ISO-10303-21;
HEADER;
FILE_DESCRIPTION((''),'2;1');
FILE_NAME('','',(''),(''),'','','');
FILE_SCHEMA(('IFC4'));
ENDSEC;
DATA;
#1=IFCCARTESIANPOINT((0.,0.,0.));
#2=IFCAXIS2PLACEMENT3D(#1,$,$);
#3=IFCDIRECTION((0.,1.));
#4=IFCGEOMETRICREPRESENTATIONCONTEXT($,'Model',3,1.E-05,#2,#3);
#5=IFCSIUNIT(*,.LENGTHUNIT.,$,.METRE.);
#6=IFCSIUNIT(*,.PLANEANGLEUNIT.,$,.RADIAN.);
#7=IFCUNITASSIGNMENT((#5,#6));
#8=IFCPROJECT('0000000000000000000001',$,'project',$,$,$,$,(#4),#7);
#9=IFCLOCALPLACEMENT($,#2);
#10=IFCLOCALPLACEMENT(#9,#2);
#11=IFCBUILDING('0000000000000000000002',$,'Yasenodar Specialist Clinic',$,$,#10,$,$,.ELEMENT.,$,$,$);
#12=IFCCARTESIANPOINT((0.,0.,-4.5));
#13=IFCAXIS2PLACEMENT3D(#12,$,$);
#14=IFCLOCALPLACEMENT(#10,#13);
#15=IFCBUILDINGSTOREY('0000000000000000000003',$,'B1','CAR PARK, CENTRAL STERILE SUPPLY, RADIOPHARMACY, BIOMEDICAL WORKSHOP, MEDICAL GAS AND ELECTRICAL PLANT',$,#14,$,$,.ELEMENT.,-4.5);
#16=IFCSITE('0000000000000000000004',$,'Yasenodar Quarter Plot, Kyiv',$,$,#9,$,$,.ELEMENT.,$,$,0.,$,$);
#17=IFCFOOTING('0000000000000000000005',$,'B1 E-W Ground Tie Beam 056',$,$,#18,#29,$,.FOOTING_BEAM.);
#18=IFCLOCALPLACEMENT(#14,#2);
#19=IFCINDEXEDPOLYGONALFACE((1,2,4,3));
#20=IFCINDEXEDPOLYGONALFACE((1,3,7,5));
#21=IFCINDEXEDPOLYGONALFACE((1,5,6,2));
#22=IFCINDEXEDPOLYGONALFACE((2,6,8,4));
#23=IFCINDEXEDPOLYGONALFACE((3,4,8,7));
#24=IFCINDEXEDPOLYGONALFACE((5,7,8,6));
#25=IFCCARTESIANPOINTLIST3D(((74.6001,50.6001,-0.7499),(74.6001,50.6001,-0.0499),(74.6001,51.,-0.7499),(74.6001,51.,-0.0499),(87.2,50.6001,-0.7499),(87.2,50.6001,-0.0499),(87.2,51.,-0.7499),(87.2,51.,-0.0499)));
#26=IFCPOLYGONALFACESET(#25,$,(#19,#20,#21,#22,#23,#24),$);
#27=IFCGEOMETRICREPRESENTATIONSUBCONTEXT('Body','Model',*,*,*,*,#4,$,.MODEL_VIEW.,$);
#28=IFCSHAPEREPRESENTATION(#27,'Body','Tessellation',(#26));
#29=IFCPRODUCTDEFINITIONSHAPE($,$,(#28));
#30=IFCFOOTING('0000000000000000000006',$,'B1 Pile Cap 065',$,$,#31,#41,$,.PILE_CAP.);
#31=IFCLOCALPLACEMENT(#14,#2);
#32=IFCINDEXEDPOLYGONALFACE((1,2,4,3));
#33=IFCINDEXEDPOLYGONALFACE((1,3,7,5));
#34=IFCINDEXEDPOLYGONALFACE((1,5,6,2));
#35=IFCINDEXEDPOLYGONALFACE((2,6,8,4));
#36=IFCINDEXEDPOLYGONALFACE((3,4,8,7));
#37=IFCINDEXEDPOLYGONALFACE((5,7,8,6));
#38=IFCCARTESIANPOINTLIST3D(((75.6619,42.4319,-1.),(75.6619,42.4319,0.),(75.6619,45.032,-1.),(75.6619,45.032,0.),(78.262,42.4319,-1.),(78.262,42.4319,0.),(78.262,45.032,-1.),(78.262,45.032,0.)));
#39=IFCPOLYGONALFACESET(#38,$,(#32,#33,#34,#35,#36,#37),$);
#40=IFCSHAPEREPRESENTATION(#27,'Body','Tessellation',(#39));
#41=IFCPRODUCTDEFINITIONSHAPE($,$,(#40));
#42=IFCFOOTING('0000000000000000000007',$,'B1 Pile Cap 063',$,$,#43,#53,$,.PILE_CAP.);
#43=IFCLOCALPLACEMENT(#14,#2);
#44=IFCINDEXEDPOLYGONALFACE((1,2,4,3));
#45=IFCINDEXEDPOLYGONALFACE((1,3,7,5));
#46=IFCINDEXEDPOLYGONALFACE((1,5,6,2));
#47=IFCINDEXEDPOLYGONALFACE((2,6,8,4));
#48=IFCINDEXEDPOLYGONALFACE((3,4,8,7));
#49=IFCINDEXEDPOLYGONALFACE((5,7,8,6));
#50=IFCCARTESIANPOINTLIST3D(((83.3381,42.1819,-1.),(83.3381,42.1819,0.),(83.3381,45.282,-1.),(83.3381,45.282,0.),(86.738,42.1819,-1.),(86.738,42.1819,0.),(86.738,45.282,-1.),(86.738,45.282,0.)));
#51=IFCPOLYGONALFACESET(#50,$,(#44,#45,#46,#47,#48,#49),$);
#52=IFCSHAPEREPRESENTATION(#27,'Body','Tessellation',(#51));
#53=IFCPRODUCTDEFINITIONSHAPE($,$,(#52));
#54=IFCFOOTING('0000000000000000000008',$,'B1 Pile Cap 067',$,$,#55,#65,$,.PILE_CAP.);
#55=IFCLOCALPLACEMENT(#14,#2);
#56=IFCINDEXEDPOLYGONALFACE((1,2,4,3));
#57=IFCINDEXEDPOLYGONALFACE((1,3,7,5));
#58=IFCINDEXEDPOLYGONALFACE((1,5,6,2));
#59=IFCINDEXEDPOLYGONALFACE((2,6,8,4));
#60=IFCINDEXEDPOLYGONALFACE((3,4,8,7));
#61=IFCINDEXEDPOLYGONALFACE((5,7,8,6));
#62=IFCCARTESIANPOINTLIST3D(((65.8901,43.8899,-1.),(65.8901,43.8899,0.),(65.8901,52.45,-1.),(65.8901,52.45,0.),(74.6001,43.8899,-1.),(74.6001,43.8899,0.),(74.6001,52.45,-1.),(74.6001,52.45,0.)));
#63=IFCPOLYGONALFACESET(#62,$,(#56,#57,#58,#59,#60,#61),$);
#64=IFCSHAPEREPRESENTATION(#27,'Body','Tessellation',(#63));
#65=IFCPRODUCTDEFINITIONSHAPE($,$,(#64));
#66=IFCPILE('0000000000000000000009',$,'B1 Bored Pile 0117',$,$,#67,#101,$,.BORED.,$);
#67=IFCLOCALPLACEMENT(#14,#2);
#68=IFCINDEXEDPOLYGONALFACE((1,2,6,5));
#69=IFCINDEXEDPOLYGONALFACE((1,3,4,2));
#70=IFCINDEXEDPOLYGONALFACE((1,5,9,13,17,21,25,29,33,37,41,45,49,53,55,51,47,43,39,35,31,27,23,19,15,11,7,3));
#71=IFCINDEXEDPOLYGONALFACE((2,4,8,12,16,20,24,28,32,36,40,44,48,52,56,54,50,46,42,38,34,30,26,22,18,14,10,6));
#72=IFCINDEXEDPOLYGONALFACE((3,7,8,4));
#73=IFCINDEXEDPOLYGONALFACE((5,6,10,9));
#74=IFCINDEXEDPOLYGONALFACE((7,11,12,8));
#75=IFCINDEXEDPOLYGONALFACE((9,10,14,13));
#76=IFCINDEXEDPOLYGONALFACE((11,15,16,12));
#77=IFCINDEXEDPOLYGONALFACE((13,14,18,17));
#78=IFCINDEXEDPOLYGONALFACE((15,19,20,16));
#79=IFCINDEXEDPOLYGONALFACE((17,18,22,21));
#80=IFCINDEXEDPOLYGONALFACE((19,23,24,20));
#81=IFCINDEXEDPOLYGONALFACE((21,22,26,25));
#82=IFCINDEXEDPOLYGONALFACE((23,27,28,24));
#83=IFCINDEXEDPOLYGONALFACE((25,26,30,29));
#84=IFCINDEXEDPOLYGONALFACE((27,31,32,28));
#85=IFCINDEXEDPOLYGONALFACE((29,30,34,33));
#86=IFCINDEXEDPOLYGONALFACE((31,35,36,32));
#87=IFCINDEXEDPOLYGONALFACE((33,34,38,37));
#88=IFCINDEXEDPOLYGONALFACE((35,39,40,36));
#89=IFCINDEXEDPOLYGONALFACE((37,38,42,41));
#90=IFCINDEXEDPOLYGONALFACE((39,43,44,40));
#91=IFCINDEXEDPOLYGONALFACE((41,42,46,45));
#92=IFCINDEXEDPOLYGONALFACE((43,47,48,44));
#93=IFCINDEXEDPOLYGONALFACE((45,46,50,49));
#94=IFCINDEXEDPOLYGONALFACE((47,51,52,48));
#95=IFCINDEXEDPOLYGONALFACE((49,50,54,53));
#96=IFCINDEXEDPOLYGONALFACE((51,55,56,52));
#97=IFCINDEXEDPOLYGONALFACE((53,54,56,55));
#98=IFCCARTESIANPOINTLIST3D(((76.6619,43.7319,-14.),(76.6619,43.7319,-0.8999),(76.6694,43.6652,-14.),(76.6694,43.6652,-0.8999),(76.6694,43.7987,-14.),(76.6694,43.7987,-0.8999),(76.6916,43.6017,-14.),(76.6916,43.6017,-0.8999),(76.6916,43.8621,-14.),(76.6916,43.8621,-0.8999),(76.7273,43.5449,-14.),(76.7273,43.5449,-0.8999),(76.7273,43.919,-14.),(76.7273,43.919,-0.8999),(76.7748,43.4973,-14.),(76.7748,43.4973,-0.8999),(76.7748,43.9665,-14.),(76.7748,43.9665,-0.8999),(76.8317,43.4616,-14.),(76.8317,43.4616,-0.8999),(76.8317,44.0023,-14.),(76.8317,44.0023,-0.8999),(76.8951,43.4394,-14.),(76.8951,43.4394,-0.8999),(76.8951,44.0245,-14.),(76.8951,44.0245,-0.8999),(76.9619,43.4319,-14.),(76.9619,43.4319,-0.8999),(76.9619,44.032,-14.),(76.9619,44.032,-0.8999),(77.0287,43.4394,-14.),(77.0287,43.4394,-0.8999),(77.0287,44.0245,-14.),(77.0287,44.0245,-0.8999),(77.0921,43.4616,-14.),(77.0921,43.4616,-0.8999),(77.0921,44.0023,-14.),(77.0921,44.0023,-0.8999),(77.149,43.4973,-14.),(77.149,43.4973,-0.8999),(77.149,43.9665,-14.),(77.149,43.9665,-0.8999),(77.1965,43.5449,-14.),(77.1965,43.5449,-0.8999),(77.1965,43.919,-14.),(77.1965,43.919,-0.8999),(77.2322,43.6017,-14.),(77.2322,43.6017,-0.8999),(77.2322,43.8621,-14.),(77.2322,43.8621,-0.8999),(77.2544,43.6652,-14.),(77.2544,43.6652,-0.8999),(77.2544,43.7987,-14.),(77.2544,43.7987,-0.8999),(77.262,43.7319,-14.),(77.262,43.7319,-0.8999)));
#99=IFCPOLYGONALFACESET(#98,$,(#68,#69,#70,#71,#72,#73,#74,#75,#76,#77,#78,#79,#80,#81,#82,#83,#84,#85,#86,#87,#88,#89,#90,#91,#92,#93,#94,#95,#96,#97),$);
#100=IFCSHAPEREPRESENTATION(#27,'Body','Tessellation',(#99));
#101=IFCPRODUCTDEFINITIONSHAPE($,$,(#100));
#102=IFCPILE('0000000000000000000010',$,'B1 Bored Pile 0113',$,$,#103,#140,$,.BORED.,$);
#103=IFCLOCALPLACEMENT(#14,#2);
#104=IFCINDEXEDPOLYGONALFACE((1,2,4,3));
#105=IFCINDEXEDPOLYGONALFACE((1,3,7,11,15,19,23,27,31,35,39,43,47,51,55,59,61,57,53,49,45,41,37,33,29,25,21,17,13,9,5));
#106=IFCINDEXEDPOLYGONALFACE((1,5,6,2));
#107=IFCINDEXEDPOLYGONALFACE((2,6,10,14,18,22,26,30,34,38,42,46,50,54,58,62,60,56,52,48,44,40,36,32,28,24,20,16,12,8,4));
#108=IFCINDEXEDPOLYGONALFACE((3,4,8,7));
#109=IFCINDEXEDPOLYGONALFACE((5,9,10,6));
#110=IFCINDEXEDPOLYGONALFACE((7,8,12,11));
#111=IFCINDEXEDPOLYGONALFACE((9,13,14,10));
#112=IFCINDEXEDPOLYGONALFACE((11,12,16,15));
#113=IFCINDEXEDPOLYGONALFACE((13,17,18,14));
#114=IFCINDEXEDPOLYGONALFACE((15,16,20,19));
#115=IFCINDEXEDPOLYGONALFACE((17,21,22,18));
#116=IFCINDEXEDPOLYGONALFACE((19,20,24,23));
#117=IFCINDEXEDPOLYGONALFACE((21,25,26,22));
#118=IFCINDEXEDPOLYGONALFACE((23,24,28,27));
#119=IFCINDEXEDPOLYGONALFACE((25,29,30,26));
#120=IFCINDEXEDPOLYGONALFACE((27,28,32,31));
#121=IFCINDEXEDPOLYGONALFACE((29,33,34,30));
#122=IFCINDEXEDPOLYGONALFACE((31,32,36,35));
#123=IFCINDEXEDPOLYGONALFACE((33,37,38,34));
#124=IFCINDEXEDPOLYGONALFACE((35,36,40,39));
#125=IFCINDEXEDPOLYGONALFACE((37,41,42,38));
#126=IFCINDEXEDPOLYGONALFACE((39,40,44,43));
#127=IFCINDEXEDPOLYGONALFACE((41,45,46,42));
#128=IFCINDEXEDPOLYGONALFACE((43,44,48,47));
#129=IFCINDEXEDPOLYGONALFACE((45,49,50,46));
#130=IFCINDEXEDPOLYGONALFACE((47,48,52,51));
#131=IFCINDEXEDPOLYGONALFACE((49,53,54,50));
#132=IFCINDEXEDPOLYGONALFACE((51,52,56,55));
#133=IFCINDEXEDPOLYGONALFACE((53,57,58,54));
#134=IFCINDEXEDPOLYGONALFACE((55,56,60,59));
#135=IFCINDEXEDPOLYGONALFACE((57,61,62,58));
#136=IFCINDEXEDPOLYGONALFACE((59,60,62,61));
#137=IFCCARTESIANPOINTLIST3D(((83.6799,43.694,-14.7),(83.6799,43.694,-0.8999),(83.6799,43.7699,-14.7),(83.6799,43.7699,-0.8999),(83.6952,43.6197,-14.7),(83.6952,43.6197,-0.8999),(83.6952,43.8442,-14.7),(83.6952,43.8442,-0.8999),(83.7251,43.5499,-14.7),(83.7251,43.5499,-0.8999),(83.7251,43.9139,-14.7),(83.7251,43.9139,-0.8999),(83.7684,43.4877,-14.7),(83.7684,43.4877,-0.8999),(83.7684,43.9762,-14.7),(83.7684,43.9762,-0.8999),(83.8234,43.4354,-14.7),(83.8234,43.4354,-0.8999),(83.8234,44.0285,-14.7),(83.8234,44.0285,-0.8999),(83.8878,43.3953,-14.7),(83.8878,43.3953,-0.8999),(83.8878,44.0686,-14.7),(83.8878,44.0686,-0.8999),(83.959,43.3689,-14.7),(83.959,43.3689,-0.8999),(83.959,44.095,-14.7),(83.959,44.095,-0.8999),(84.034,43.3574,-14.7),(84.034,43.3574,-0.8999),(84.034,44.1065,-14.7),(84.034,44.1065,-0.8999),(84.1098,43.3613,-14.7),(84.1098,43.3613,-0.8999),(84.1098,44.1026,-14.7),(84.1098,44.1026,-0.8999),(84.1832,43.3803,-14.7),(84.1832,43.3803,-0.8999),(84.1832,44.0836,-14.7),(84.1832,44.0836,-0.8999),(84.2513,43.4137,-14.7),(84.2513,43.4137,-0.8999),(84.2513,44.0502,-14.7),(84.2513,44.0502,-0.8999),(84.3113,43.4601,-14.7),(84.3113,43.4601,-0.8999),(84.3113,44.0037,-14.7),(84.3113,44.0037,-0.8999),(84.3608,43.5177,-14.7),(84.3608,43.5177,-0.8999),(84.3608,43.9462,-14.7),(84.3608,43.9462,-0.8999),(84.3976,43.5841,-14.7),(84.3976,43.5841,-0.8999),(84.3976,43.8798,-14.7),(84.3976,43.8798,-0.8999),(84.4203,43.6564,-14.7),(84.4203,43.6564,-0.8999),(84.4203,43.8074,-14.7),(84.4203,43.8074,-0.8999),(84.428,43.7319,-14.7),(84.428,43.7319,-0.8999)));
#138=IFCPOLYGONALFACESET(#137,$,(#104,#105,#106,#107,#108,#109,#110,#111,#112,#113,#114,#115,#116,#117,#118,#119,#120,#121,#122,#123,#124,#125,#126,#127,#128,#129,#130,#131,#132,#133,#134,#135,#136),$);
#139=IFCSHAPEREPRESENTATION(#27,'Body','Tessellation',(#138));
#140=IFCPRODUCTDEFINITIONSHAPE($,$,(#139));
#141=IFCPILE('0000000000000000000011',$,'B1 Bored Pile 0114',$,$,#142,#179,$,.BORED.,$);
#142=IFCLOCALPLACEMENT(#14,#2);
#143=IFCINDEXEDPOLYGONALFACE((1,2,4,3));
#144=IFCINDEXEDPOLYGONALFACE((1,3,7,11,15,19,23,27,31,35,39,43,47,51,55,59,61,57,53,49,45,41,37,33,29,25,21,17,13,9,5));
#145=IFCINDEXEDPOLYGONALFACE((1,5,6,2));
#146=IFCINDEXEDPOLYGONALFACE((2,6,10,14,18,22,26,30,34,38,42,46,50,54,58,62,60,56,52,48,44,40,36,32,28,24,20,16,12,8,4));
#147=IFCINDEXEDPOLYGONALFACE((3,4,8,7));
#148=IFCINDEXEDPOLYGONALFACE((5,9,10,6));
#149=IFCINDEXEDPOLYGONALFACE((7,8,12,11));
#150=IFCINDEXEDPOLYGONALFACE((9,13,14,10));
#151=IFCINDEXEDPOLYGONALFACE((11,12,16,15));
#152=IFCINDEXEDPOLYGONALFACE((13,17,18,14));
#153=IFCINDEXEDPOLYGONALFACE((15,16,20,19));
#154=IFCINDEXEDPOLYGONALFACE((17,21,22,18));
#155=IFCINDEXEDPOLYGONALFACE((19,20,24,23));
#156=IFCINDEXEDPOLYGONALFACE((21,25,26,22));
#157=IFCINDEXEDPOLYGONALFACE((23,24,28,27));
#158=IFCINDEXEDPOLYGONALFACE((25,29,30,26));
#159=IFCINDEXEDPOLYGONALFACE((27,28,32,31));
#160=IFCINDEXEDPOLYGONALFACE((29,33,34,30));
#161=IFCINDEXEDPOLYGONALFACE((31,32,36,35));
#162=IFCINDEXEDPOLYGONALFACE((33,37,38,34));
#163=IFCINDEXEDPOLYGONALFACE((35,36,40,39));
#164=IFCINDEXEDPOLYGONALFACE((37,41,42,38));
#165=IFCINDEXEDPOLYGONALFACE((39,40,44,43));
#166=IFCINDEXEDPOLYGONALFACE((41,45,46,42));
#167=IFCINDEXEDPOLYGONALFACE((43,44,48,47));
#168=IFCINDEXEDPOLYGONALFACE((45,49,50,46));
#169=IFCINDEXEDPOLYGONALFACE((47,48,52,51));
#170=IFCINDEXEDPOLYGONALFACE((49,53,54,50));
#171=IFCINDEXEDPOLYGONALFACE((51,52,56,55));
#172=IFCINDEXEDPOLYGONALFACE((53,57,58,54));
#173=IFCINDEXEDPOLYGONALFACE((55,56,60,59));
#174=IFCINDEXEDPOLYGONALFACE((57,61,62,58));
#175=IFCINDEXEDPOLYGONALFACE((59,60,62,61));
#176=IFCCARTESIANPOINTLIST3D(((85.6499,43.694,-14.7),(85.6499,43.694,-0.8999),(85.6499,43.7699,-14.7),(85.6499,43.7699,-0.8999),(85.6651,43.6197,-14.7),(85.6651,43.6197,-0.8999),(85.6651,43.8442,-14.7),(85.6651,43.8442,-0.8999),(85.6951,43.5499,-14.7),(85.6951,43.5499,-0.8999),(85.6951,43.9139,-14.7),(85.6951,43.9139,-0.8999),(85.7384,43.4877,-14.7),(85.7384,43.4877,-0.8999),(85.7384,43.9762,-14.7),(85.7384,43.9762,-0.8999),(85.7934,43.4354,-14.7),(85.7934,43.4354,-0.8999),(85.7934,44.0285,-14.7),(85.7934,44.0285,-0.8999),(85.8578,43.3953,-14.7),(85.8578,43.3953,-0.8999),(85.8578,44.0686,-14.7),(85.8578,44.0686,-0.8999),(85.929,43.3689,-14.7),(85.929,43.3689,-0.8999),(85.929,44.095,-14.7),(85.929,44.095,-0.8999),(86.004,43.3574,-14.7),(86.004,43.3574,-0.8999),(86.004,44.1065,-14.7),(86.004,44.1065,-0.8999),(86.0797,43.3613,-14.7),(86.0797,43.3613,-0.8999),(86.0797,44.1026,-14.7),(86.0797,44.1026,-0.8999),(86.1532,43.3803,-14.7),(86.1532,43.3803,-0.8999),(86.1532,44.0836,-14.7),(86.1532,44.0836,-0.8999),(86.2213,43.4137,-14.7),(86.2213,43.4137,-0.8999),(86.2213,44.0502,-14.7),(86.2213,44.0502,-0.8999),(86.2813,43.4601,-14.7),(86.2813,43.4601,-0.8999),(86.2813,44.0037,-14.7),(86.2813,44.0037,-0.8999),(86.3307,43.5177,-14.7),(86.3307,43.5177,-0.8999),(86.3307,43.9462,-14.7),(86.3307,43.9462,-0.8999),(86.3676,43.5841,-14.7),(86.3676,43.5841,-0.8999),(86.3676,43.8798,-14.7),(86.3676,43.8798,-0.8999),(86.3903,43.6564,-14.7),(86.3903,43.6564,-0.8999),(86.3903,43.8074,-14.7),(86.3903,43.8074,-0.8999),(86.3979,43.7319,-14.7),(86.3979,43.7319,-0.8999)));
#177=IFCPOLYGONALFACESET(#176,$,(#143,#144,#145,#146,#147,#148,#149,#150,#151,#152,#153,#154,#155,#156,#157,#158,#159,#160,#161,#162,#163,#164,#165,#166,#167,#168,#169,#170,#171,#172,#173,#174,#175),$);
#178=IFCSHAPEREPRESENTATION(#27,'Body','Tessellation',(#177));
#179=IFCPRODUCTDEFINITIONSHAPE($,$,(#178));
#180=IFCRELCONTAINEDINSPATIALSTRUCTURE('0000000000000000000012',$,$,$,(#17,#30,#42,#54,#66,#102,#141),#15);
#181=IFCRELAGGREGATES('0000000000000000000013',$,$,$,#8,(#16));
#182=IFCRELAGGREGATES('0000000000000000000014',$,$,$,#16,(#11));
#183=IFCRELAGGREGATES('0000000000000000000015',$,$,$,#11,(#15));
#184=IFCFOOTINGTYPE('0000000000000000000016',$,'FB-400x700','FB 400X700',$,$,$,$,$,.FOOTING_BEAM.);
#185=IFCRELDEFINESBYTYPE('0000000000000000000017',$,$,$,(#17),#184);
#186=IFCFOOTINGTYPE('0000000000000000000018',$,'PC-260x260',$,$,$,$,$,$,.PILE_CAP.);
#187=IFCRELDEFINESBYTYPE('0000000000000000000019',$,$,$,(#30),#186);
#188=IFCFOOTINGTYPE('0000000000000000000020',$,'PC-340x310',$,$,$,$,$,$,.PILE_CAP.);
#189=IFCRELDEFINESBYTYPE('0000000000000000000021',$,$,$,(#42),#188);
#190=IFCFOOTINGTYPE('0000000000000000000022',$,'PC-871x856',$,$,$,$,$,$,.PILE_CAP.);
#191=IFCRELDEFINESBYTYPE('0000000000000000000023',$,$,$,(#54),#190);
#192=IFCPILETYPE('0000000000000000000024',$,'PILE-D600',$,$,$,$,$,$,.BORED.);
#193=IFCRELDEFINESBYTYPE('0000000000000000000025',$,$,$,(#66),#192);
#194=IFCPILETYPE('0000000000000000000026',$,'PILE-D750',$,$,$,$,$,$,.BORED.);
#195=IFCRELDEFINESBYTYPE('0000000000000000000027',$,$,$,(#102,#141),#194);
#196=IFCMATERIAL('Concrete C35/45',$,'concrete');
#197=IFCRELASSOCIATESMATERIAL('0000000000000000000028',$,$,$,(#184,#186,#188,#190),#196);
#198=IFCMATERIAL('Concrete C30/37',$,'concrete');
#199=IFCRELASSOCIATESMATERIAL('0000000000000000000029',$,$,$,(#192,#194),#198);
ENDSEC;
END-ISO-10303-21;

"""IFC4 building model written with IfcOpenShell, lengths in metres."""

from ifc_helpers import new_model, si_unit, direction, frame, origin, origin_2d, place, context, subcontext, project, spatial, rectangle, circle, extrude, material, material_profile, profile_set, type_object, element, save


model = new_model("IFC4")

# Units and contexts
model_context = context("Model", 3, precision=1e-05, world=origin(), true_north=direction((0.0, 1.0)))
body_context = subcontext(model_context, "Body", "Model", "MODEL_VIEW")
ifc_project = project(units=[si_unit("LENGTHUNIT", "METRE"), si_unit("PLANEANGLEUNIT", "RADIAN")], contexts=[model_context])

# Site, building, storey
site_placement = place(None, origin())
site = spatial("IfcSite", under=ifc_project, at=site_placement, Name="Yasenodar Quarter Plot, Kyiv", CompositionType="ELEMENT", RefElevation=0.0)
building_placement = place(site_placement, origin())
building = spatial("IfcBuilding", under=site, at=building_placement, Name="Yasenodar Specialist Clinic", CompositionType="ELEMENT")
storey_placement = place(building_placement, frame((0.0, 0.0, -4.5)))
storey = spatial("IfcBuildingStorey", under=building, at=storey_placement, Name="B1", Description="CAR PARK, CENTRAL STERILE SUPPLY, RADIOPHARMACY, BIOMEDICAL WORKSHOP, MEDICAL GAS AND ELECTRICAL PLANT", CompositionType="ELEMENT", Elevation=-4.5)

# Footings
ifc_material_1 = material(Name="Concrete C35/45", Category="concrete")
ifc_material_profile_1 = material_profile(ifc_material_1, rectangle(XDim=0.3999, YDim=0.7, at=origin_2d()), Name="RC 400x700")
ifc_profile_set_1 = profile_set([ifc_material_profile_1], Name="Concrete C35/45")
footing_type_1 = type_object("IfcFootingType", Name="FB-400x700", Description="FB 400X700", PredefinedType="FOOTING_BEAM", material=ifc_profile_set_1)
footing_1_placement = place(storey_placement, frame((74.6001, 50.8, -0.3999), z_axis=(1.0, 0.0, 0.0), x_axis=(0.0, 1.0, 0.0)))
element("IfcFooting", 1, at=footing_1_placement, inside=storey, type_object=footing_type_1, Name="B1 E-W Ground Tie Beam 056", PredefinedType="FOOTING_BEAM", context=body_context, shape_type="SweptSolid", body=[
    extrude(rectangle(XDim=0.3999, YDim=0.7, at=origin_2d()), origin(), (0.0, 0.0, 1.0), 12.5999),
])
footing_type_2 = type_object("IfcFootingType", Name="PC-260x260", PredefinedType="PILE_CAP", material=ifc_material_1)
footing_2_placement = place(storey_placement, frame((76.9619, 43.7319, -1.0), z_axis=(0.0, 0.0, 1.0), x_axis=(1.0, 0.0, 0.0)))
element("IfcFooting", 2, at=footing_2_placement, inside=storey, type_object=footing_type_2, Name="B1 Pile Cap 065", PredefinedType="PILE_CAP", context=body_context, shape_type="SweptSolid", body=[
    extrude(rectangle(XDim=2.6001, YDim=2.6001, at=origin_2d()), origin(), (0.0, 0.0, 1.0), 1.0),
])
footing_type_3 = type_object("IfcFootingType", Name="PC-340x310", PredefinedType="PILE_CAP", material=ifc_material_1)
footing_3_placement = place(storey_placement, frame((85.0381, 43.7319, -1.0), z_axis=(0.0, 0.0, 1.0), x_axis=(1.0, 0.0, 0.0)))
element("IfcFooting", 3, at=footing_3_placement, inside=storey, type_object=footing_type_3, Name="B1 Pile Cap 063", PredefinedType="PILE_CAP", context=body_context, shape_type="SweptSolid", body=[
    extrude(rectangle(XDim=3.3999, YDim=3.1001, at=origin_2d()), origin(), (0.0, 0.0, 1.0), 1.0),
])
footing_type_4 = type_object("IfcFootingType", Name="PC-871x856", PredefinedType="PILE_CAP", material=ifc_material_1)
footing_4_placement = place(storey_placement, frame((70.2451, 48.1699, -1.0), z_axis=(0.0, 0.0, 1.0), x_axis=(1.0, 0.0, 0.0)))
element("IfcFooting", 4, at=footing_4_placement, inside=storey, type_object=footing_type_4, Name="B1 Pile Cap 067", PredefinedType="PILE_CAP", context=body_context, shape_type="SweptSolid", body=[
    extrude(rectangle(XDim=8.71, YDim=8.5601, at=origin_2d()), origin(), (0.0, 0.0, 1.0), 1.0),
])

# Piles
ifc_material_2 = material(Name="Concrete C30/37", Category="concrete")
ifc_material_profile_2 = material_profile(ifc_material_2, circle(Radius=0.3, at=origin_2d()), Name="PILE D600")
ifc_profile_set_2 = profile_set([ifc_material_profile_2], Name="Concrete C30/37")
pile_type_1 = type_object("IfcPileType", Name="PILE-D600", PredefinedType="BORED", material=ifc_profile_set_2)
pile_placement = place(storey_placement, frame((76.9619, 43.7319, -0.8999), z_axis=(0.0, 0.0, -1.0), x_axis=(1.0, 0.0, 0.0)))
element("IfcPile", 5, at=pile_placement, inside=storey, type_object=pile_type_1, Name="B1 Bored Pile 0117", PredefinedType="BORED", context=body_context, shape_type="SweptSolid", body=[
    extrude(circle(Radius=0.3, at=origin_2d()), origin(), (0.0, 0.0, 1.0), 13.1001),
])
ifc_material_profile_3 = material_profile(ifc_material_2, circle(Radius=0.375, at=origin_2d()), Name="PILE D750")
ifc_profile_set_3 = profile_set([ifc_material_profile_3], Name="Concrete C30/37")
pile_type_2 = type_object("IfcPileType", Name="PILE-D750", PredefinedType="BORED", material=ifc_profile_set_3)
for number, where, z_axis, x_axis, name in (
    (6, (84.053, 43.7319, -0.8999), (0.0, 0.0, -1.0), (1.0, 0.0, 0.0), "B1 Bored Pile 0113"),
    (7, (86.0229, 43.7319, -0.8999), (0.0, 0.0, -1.0), (1.0, 0.0, 0.0), "B1 Bored Pile 0114"),
):
    element("IfcPile", number, at=place(storey_placement, frame(where, z_axis=z_axis, x_axis=x_axis)), inside=storey, type_object=pile_type_2, Name=name, PredefinedType="BORED", context=body_context, shape_type="SweptSolid", body=[
        extrude(circle(Radius=0.375, at=origin_2d()), origin(), (0.0, 0.0, 1.0), 13.8),
    ])

save(model, "model.ifc")
